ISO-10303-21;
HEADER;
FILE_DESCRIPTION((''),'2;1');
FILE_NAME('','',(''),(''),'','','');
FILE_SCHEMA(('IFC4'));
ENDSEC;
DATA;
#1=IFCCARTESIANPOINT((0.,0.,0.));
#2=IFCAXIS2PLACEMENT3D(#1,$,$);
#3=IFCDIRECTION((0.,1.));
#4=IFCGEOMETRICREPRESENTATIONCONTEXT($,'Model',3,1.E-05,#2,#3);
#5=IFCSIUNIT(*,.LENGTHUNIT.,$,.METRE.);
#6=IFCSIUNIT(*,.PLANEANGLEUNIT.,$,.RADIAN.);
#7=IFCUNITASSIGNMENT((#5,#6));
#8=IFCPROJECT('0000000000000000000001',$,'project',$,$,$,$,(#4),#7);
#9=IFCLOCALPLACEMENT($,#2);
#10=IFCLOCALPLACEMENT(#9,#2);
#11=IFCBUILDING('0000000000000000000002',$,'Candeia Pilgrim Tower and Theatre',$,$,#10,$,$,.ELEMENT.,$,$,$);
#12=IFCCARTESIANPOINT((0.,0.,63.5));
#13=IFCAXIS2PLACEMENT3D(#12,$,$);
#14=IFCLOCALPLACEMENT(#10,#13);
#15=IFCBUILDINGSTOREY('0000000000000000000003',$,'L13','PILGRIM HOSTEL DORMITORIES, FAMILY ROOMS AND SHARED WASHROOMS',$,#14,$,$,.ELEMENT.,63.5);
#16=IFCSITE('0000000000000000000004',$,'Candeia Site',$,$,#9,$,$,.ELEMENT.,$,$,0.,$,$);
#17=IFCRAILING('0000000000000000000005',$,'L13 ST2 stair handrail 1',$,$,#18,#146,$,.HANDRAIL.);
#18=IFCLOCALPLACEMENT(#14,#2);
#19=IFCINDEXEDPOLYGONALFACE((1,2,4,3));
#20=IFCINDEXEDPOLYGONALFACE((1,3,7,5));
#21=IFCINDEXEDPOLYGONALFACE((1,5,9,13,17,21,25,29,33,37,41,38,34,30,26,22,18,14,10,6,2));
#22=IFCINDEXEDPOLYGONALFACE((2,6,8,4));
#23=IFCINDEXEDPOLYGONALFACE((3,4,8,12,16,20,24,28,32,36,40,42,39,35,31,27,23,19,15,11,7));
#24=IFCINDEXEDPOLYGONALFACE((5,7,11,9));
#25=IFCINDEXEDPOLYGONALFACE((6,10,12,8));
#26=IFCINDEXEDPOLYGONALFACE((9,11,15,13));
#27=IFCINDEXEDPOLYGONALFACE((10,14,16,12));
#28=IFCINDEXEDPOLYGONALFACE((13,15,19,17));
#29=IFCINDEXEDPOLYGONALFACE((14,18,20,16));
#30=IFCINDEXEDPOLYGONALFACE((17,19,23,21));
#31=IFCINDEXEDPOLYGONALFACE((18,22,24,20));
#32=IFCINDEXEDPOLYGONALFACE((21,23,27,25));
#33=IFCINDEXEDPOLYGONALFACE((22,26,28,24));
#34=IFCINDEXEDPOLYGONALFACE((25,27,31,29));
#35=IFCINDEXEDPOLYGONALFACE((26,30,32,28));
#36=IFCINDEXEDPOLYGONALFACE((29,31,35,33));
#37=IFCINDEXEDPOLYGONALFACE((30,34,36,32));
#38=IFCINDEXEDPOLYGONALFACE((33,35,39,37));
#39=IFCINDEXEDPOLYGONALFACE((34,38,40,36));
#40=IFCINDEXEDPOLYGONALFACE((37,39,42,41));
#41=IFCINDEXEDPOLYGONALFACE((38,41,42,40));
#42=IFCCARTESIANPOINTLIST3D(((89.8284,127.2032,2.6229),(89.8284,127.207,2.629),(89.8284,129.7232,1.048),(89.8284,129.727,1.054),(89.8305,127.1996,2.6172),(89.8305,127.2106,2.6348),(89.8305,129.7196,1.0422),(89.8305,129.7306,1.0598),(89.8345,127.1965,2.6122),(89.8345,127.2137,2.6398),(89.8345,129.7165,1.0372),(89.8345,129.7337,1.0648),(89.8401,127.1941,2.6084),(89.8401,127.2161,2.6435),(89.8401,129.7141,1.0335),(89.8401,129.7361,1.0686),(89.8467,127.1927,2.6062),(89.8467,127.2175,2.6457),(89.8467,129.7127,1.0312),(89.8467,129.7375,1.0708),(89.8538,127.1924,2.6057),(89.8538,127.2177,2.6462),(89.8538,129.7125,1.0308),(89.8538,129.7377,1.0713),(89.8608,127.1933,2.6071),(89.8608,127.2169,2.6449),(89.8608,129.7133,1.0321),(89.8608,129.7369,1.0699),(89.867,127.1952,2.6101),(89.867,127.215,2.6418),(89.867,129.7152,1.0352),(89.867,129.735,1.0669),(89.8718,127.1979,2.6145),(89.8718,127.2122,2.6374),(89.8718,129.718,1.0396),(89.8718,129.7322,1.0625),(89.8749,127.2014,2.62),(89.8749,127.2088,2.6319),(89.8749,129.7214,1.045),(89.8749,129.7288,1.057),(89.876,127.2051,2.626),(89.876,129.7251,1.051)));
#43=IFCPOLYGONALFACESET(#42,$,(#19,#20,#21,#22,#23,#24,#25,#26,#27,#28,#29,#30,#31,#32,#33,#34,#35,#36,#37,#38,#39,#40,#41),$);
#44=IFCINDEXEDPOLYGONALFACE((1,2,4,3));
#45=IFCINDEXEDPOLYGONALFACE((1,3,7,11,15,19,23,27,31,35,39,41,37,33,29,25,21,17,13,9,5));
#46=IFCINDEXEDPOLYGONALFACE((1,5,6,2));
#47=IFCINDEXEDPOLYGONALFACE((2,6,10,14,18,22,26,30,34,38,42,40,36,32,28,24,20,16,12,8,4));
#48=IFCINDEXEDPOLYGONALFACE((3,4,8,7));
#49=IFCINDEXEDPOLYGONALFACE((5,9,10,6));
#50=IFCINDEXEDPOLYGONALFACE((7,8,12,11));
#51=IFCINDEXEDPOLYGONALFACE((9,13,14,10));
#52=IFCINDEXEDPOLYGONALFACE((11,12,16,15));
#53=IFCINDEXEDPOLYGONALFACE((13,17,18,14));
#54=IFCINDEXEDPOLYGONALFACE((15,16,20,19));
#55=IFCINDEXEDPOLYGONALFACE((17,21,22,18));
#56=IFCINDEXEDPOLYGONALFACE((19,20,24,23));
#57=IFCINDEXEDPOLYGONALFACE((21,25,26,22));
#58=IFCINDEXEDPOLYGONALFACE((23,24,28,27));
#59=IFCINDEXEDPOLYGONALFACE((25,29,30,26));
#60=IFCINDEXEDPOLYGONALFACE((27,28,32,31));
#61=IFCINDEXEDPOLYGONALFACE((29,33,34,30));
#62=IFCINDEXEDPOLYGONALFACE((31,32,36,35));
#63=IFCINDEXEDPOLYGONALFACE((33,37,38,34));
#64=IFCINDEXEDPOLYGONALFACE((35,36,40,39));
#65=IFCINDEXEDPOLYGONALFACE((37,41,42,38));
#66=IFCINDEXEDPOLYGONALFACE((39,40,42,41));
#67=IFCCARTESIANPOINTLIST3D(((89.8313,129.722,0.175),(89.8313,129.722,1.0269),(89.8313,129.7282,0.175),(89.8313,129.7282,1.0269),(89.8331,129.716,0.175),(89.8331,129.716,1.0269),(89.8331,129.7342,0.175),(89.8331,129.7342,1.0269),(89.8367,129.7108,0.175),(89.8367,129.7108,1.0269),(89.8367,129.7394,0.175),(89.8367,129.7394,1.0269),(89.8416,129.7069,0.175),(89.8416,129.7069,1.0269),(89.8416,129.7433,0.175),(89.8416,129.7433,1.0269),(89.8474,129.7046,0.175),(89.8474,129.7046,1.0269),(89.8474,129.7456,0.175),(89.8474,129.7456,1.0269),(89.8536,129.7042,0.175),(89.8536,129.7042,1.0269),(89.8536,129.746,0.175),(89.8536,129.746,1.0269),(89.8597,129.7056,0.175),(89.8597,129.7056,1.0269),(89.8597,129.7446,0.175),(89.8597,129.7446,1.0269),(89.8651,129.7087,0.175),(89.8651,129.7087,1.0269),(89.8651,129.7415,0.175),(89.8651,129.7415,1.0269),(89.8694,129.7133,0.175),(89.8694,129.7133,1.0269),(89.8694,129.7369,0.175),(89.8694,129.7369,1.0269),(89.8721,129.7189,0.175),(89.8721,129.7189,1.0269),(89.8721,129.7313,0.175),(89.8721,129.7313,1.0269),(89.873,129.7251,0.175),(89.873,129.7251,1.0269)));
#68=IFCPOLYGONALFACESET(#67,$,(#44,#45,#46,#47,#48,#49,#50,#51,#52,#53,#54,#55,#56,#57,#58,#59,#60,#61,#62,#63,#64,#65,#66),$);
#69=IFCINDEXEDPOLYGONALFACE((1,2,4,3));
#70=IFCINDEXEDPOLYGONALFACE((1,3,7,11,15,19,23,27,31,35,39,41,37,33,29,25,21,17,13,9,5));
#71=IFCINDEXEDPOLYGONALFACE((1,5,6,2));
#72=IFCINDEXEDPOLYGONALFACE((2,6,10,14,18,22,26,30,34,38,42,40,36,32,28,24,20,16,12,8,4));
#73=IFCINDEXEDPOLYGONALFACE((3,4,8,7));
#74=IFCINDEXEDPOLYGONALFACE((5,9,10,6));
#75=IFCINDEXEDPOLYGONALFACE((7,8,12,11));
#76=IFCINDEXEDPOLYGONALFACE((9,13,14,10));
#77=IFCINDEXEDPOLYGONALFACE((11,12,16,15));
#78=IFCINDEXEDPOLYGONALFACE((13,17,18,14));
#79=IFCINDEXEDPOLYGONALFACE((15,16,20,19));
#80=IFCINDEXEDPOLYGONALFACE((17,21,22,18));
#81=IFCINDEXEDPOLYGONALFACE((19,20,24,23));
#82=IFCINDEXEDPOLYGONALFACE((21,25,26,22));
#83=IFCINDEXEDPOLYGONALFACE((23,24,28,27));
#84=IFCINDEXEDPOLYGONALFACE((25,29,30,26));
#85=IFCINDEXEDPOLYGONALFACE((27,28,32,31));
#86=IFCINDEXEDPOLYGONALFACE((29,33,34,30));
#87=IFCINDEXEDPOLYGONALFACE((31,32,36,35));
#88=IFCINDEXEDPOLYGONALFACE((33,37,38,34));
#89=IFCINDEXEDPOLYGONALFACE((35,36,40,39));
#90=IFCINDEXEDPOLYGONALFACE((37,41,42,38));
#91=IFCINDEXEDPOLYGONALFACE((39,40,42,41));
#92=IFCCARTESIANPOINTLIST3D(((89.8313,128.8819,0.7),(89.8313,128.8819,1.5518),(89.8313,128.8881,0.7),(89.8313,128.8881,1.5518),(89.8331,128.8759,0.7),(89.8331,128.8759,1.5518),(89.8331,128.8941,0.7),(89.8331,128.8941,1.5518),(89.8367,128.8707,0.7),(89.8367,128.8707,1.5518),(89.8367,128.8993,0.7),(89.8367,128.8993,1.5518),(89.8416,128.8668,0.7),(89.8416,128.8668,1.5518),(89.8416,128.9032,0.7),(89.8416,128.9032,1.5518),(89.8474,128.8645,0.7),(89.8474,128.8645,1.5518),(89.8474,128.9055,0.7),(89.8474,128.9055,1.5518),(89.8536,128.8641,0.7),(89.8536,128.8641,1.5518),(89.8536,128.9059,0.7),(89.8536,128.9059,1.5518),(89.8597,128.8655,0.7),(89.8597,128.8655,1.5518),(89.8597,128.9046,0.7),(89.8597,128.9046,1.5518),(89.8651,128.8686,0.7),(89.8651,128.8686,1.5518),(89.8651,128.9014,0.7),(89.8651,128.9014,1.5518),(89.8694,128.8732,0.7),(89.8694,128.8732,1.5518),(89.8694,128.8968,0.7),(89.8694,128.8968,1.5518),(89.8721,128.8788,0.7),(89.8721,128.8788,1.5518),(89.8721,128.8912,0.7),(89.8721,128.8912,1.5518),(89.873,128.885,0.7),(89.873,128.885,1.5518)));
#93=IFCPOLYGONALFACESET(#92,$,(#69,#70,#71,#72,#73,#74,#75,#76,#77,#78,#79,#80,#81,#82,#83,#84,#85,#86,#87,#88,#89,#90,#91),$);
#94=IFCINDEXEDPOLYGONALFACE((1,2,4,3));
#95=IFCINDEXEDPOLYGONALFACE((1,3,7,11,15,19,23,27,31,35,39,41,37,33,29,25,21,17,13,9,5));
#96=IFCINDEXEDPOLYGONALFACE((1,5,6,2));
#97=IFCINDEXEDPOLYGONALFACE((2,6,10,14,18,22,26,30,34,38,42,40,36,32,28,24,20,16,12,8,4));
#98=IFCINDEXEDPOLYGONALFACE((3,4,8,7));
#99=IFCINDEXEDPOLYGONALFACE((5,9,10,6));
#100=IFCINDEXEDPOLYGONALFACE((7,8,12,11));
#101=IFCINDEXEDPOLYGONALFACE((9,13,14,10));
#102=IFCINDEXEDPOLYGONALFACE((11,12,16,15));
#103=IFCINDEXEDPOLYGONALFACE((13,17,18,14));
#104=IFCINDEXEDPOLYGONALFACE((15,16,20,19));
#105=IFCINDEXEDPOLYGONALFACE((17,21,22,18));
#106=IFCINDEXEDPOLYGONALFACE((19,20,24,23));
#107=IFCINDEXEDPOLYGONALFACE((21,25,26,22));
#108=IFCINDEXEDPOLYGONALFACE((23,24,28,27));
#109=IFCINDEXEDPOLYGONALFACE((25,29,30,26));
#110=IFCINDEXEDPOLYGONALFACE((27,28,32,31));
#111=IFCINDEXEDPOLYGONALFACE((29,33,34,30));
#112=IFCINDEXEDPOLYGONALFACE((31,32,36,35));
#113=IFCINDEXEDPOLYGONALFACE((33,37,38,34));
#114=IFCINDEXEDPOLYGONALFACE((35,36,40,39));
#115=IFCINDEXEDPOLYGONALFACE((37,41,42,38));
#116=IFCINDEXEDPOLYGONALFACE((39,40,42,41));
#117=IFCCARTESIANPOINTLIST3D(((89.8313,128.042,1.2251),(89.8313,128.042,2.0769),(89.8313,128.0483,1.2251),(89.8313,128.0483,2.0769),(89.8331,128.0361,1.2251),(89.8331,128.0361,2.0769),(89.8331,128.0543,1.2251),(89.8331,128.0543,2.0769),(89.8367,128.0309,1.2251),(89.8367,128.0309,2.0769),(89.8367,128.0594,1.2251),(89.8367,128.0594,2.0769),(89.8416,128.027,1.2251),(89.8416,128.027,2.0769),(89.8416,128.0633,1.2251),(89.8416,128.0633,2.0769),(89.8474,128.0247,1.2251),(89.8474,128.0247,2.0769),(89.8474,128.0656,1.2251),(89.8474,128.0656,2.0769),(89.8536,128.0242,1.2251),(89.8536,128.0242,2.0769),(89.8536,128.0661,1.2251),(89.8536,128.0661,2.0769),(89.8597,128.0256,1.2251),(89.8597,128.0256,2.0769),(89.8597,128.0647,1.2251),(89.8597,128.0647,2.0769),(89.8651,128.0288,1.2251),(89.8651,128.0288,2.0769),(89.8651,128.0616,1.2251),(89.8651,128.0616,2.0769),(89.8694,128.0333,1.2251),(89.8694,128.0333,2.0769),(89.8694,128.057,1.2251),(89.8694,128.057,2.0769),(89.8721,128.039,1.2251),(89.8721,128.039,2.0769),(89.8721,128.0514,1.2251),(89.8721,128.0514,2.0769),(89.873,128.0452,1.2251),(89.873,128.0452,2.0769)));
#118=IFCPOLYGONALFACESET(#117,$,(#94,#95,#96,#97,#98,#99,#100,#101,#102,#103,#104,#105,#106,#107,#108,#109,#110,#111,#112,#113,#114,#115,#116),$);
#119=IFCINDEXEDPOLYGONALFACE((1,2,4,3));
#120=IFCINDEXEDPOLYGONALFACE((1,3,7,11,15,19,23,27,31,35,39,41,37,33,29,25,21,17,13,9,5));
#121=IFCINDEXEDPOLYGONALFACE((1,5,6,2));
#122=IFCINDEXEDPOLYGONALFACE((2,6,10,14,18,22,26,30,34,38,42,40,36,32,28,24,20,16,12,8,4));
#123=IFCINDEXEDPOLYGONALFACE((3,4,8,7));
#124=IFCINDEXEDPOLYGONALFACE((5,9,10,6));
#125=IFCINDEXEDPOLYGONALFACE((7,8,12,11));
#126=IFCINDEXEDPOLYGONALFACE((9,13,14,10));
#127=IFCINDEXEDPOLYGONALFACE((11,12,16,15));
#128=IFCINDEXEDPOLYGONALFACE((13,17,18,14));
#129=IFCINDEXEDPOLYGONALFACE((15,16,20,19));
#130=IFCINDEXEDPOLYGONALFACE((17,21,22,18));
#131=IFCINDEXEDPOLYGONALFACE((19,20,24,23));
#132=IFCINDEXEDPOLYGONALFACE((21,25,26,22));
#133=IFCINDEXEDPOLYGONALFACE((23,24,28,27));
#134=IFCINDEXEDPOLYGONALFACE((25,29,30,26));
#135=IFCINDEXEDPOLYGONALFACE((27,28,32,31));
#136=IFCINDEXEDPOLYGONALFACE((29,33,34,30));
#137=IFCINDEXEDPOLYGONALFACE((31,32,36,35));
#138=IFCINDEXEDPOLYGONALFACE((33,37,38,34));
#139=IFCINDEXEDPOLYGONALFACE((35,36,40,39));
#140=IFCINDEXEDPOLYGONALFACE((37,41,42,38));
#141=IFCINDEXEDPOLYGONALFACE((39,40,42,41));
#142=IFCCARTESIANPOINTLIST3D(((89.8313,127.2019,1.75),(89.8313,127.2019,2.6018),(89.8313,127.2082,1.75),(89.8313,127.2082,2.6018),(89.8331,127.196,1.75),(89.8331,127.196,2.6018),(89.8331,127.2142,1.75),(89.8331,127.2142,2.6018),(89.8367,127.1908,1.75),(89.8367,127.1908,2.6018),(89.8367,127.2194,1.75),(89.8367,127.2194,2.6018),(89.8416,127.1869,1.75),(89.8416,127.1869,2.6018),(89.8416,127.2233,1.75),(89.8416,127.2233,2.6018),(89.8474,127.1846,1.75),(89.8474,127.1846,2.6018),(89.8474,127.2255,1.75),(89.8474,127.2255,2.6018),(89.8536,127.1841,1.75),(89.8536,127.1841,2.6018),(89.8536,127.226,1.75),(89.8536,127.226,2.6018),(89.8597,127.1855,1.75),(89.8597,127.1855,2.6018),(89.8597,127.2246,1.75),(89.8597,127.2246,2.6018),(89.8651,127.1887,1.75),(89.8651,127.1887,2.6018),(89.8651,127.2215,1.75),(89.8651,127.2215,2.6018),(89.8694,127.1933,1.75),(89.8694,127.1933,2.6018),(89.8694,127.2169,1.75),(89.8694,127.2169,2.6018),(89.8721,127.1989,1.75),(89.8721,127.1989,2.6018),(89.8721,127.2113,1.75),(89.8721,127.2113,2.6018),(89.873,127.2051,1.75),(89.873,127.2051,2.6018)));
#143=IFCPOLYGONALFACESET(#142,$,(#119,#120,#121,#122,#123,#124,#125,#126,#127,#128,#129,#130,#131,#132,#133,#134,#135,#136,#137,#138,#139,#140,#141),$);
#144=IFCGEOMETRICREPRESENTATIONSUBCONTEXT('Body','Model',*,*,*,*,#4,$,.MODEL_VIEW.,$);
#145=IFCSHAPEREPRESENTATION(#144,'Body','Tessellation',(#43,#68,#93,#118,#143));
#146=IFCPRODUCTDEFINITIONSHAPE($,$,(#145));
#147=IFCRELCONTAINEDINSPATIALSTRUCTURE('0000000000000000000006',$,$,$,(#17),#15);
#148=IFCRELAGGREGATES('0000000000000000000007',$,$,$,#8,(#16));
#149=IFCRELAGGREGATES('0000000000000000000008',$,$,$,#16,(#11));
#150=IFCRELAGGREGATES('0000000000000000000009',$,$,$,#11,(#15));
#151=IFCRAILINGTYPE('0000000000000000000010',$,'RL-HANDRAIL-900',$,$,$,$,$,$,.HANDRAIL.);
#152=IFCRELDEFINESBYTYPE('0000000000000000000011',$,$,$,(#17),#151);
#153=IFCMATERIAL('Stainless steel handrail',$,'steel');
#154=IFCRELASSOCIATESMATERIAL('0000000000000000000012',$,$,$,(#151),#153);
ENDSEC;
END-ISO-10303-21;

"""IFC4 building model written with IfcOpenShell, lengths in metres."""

from ifc_helpers import new_model, si_unit, direction, frame, origin, origin_2d, place, context, subcontext, project, spatial, circle, extrude, material, type_object, element, save


model = new_model("IFC4")

# Units and contexts
model_context = context("Model", 3, precision=1e-05, world=origin(), true_north=direction((0.0, 1.0)))
body_context = subcontext(model_context, "Body", "Model", "MODEL_VIEW")
ifc_project = project(units=[si_unit("LENGTHUNIT", "METRE"), si_unit("PLANEANGLEUNIT", "RADIAN")], contexts=[model_context])

# Site, building, storey
site_placement = place(None, origin())
site = spatial("IfcSite", under=ifc_project, at=site_placement, Name="Candeia Site", CompositionType="ELEMENT", RefElevation=0.0)
building_placement = place(site_placement, origin())
building = spatial("IfcBuilding", under=site, at=building_placement, Name="Candeia Pilgrim Tower and Theatre", CompositionType="ELEMENT")
storey_placement = place(building_placement, frame((0.0, 0.0, 63.5)))
storey = spatial("IfcBuildingStorey", under=building, at=storey_placement, Name="L13", Description="PILGRIM HOSTEL DORMITORIES, FAMILY ROOMS AND SHARED WASHROOMS", CompositionType="ELEMENT", Elevation=63.5)

# Railing
ifc_material_1 = material(Name="Stainless steel handrail", Category="steel")
railing_type_1 = type_object("IfcRailingType", Name="RL-HANDRAIL-900", PredefinedType="HANDRAIL", material=ifc_material_1)
for number, where, name in (
    (1, (89.8521, 129.7251, 0.175), "L13 ST2 stair handrail 1"),
):
    element("IfcRailing", number, at=place(storey_placement, frame(where)), inside=storey, type_object=railing_type_1, Name=name, PredefinedType="HANDRAIL", context=body_context, shape_type="SweptSolid", body=[
        extrude(circle(Radius=0.0239, at=origin_2d()), frame((0.0, 0.0, 0.876), z_axis=(0.0, -0.848008, 0.529984), x_axis=(1.0, 0.0, 0.0)), (0.0, 0.0, 1.0), 2.9717),
        extrude(circle(Radius=0.021, at=origin_2d()), origin(), (0.0, 0.0, 1.0), 0.8518),
        extrude(circle(Radius=0.021, at=origin_2d()), frame((0.0, -0.8401, 0.5249)), (0.0, 0.0, 1.0), 0.8518),
        extrude(circle(Radius=0.021, at=origin_2d()), frame((0.0, -1.6799, 1.05)), (0.0, 0.0, 1.0), 0.8518),
        extrude(circle(Radius=0.021, at=origin_2d()), frame((0.0, -2.52, 1.575)), (0.0, 0.0, 1.0), 0.8518),
    ])

save(model, "model.ifc")
